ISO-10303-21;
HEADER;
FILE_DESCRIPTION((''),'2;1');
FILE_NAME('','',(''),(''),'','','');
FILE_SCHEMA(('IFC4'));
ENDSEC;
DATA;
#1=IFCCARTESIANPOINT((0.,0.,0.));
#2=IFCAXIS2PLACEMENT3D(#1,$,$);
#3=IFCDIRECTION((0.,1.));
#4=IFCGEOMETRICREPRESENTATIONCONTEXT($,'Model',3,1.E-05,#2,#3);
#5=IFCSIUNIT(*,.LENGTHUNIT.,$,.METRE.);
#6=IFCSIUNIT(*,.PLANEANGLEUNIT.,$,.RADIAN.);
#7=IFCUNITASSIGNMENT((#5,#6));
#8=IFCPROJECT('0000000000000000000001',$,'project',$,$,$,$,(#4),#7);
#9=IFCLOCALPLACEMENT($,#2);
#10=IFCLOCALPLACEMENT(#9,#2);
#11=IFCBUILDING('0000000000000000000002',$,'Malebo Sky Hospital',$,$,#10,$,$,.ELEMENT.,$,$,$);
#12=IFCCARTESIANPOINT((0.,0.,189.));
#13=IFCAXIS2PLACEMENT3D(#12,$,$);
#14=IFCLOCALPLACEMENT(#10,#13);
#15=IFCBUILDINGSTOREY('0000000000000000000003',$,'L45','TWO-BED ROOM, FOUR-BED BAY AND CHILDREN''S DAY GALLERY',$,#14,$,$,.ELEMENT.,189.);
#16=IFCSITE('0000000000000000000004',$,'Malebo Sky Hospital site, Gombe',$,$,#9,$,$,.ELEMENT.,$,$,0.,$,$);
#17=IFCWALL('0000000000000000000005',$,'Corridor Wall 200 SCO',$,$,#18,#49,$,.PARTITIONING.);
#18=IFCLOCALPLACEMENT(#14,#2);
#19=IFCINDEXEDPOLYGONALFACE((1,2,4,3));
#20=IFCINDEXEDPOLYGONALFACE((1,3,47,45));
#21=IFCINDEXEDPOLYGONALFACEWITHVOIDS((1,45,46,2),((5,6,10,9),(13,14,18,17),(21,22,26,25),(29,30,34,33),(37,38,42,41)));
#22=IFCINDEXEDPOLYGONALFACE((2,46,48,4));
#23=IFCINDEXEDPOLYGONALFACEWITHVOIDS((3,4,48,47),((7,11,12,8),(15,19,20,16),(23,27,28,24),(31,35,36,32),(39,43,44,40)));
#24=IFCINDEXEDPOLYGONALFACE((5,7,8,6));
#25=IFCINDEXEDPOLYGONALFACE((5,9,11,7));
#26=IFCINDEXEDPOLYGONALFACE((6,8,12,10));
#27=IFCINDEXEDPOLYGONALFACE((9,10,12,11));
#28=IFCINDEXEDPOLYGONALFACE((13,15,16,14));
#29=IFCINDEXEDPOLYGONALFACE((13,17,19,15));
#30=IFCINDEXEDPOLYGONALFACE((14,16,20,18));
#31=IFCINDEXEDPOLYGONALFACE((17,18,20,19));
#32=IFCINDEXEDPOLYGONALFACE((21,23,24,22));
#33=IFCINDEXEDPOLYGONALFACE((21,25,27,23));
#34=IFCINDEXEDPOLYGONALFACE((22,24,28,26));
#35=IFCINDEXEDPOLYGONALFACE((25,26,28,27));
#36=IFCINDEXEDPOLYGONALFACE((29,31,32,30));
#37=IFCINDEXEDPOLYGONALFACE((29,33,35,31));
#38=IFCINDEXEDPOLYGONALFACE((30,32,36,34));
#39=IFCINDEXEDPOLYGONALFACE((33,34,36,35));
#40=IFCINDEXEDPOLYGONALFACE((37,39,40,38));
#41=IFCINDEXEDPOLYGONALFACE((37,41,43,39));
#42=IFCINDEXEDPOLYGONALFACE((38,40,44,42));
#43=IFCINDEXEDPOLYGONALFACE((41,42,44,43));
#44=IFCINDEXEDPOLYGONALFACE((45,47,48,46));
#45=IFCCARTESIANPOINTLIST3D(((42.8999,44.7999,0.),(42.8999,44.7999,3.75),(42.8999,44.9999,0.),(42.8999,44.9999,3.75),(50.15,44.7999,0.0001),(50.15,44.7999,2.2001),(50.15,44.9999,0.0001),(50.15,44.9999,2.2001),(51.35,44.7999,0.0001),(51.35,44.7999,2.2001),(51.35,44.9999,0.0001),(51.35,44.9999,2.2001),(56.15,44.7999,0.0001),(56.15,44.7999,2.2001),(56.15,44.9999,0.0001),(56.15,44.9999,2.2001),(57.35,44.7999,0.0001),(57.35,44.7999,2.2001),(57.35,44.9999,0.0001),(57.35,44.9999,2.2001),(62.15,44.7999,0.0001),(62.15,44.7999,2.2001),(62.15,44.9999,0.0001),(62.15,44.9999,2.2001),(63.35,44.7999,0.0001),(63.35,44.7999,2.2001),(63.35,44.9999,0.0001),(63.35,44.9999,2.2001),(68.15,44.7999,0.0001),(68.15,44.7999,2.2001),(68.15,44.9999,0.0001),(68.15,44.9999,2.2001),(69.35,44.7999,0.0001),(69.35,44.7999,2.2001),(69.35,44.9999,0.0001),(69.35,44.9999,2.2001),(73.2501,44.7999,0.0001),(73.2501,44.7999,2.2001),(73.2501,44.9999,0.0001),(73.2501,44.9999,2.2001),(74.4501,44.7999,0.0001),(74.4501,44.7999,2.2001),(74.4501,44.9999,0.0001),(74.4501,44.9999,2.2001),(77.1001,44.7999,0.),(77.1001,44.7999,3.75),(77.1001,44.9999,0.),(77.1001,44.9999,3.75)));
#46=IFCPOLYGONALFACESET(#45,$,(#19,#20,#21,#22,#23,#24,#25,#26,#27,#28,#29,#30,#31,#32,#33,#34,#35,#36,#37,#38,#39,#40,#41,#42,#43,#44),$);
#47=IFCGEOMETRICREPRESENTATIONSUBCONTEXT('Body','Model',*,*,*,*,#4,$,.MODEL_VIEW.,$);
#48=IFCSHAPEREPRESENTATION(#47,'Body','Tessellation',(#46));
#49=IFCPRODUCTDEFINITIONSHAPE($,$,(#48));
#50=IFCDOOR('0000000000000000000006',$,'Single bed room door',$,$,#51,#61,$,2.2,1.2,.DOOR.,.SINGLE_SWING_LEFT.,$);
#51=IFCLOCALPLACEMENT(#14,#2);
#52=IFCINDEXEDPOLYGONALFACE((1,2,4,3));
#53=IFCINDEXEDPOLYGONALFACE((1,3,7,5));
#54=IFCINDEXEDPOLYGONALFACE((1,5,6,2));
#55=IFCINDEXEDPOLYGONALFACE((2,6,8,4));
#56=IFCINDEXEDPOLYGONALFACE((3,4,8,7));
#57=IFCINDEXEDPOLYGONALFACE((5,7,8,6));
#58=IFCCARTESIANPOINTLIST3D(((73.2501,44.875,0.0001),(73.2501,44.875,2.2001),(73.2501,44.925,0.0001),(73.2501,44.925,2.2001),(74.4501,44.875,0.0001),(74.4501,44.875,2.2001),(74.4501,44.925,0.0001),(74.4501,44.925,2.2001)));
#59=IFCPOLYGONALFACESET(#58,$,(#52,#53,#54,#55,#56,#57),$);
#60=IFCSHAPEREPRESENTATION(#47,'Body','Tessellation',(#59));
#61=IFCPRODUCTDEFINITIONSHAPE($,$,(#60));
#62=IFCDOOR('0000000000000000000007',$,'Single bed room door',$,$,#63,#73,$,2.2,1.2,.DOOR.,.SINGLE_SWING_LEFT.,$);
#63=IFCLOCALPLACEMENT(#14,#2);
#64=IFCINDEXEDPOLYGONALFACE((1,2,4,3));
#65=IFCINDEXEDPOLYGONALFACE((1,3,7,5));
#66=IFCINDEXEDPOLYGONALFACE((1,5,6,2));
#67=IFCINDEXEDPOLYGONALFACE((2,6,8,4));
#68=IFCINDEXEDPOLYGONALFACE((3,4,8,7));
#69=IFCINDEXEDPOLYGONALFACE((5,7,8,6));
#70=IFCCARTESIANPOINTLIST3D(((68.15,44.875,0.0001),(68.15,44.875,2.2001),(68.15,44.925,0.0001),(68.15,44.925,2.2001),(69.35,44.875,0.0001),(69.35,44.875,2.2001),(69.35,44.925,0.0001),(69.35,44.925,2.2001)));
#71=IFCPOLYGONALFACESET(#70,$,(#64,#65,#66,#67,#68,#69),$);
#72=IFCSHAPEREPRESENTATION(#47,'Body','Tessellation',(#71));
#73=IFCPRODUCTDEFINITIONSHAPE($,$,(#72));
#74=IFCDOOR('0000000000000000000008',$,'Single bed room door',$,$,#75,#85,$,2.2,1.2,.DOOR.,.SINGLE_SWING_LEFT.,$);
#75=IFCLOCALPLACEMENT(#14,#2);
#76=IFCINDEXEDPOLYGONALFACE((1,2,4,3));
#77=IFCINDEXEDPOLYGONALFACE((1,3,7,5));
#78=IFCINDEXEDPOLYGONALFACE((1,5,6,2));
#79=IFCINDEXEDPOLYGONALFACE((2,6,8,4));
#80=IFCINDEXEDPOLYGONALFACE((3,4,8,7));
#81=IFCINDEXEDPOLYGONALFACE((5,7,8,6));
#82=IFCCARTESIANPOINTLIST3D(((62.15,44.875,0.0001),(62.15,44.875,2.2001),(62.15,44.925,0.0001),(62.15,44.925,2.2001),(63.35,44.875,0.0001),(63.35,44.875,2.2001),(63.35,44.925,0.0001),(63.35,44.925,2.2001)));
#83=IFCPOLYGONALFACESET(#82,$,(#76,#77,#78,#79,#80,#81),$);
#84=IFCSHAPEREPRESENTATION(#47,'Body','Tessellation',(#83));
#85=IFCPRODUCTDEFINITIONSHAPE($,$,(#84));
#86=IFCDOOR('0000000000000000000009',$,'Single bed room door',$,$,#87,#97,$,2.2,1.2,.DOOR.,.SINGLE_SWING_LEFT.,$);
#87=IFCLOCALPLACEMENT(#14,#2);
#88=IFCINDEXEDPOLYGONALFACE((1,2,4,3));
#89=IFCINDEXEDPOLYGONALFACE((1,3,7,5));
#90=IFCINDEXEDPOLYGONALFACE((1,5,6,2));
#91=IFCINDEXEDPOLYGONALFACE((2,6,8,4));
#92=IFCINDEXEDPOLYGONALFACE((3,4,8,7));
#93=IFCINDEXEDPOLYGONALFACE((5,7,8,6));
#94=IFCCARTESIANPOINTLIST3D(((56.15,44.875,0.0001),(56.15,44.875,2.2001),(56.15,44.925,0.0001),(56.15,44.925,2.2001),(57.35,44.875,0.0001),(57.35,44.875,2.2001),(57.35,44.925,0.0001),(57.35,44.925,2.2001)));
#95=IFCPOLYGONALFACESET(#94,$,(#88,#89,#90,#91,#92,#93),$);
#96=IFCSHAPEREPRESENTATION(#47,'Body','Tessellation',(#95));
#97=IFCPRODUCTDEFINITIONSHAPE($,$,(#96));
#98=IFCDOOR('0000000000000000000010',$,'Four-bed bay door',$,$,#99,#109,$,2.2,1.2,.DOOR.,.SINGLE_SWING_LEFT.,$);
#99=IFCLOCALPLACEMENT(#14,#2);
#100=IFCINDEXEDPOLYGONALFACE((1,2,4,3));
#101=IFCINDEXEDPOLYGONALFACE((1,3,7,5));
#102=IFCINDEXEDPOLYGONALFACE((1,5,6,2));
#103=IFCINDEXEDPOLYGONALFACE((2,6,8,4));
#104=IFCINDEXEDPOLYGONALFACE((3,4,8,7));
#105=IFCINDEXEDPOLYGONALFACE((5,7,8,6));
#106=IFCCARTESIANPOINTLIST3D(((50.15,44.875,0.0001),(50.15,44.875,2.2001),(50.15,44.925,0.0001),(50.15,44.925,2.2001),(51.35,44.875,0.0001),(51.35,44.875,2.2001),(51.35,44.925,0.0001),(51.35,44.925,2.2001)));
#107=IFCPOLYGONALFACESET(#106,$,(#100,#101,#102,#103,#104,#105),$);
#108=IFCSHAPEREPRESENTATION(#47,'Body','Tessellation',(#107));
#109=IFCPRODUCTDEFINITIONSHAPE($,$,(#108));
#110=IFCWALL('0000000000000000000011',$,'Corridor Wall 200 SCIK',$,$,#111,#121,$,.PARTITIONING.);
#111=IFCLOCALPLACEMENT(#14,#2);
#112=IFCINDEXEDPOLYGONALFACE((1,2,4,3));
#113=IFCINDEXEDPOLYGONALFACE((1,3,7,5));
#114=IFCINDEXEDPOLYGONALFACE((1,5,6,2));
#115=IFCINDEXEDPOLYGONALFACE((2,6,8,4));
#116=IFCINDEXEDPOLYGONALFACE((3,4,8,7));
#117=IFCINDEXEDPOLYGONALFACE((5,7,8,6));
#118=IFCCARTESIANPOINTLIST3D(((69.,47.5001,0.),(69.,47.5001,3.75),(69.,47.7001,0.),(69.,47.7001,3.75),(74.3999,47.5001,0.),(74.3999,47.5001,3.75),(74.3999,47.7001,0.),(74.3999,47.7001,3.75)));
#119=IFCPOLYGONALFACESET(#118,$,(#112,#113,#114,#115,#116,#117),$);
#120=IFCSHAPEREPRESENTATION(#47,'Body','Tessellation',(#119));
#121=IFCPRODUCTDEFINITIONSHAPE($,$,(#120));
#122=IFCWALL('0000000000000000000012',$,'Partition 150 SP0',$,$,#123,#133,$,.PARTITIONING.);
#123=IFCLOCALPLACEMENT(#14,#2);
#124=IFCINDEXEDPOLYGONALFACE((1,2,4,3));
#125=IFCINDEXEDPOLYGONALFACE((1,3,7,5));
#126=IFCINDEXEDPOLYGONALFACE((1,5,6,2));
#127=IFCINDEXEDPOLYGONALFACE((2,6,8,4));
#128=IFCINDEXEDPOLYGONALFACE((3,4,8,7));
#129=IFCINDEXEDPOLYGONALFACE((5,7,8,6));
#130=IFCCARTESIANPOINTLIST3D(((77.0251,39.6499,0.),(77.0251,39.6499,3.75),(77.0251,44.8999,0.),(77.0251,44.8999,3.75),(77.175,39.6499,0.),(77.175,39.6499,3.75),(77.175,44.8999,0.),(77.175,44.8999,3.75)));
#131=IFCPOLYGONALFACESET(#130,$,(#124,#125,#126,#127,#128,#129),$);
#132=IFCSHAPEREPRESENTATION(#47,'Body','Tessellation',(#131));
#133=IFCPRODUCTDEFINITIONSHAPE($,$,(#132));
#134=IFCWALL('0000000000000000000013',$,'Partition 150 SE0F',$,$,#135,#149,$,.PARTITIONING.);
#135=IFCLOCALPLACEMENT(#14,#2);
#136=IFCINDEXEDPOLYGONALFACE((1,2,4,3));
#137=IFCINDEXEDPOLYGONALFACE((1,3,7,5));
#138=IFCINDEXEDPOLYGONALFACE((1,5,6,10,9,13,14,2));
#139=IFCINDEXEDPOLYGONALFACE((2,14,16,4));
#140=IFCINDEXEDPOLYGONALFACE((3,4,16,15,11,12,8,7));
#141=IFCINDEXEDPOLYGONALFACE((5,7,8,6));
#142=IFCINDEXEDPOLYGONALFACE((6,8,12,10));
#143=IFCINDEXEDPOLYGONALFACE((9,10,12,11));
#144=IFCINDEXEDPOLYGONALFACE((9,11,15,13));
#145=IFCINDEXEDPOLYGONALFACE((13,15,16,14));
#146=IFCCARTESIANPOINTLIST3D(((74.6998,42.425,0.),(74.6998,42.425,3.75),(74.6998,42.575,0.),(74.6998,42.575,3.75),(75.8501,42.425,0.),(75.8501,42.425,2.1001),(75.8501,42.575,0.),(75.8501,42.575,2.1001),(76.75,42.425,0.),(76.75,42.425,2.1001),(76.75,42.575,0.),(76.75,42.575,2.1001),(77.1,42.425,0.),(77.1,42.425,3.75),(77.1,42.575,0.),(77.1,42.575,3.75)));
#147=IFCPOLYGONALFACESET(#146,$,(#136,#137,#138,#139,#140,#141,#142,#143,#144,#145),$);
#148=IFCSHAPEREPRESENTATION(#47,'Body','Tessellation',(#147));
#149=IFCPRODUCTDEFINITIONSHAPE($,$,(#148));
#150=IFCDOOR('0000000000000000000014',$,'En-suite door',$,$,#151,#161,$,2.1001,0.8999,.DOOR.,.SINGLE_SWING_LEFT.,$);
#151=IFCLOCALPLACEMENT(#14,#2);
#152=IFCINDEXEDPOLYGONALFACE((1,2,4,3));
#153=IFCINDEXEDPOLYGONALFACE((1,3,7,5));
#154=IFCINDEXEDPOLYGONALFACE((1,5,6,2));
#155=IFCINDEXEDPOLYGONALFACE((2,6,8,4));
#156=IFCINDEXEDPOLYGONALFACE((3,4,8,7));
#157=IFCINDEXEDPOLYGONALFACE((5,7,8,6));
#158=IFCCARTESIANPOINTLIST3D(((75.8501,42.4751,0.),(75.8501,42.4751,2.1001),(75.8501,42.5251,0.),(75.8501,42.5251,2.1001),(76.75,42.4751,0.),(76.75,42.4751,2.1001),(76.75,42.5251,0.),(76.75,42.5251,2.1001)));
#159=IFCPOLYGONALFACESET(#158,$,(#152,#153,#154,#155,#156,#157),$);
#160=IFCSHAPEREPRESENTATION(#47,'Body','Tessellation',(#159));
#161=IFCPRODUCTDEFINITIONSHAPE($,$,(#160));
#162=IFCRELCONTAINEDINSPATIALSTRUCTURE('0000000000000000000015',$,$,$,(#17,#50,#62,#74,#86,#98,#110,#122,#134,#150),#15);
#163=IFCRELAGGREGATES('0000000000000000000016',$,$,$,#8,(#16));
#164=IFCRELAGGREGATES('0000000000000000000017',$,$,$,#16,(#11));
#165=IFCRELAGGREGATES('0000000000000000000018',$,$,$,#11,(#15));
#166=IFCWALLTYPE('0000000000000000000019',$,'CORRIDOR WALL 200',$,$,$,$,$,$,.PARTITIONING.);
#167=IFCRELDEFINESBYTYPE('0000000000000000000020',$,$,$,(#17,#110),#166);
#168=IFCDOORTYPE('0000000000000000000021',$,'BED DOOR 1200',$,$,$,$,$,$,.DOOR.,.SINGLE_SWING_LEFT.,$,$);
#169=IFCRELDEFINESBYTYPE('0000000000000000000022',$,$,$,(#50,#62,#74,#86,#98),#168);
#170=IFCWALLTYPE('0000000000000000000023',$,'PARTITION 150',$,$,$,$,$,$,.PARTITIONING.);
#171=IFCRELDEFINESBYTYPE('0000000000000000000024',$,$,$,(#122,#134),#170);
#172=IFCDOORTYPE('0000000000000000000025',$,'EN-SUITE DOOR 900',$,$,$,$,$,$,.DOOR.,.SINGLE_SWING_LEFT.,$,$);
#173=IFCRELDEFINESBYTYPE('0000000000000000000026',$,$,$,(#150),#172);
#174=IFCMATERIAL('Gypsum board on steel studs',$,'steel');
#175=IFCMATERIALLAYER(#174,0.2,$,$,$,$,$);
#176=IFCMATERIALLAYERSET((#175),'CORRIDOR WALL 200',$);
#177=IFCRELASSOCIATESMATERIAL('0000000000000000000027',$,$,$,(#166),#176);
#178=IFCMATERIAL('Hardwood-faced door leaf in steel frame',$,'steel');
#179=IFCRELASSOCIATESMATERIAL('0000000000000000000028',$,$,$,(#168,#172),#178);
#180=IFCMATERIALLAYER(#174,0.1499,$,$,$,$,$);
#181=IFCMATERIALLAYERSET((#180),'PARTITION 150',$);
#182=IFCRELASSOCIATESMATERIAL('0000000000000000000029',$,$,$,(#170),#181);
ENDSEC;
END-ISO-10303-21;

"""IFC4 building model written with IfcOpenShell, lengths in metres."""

from ifc_helpers import new_model, si_unit, direction, frame, frame_2d, origin, place, context, subcontext, project, spatial, rectangle, extrude, material, layer, layer_set, type_object, element, fill, save


model = new_model("IFC4")

# Units and contexts
model_context = context("Model", 3, precision=1e-05, world=origin(), true_north=direction((0.0, 1.0)))
body_context = subcontext(model_context, "Body", "Model", "MODEL_VIEW")
ifc_project = project(units=[si_unit("LENGTHUNIT", "METRE"), si_unit("PLANEANGLEUNIT", "RADIAN")], contexts=[model_context])

# Site, building, storey
site_placement = place(None, origin())
site = spatial("IfcSite", under=ifc_project, at=site_placement, Name="Malebo Sky Hospital site, Gombe", CompositionType="ELEMENT", RefElevation=0.0)
building_placement = place(site_placement, origin())
building = spatial("IfcBuilding", under=site, at=building_placement, Name="Malebo Sky Hospital", CompositionType="ELEMENT")
storey_placement = place(building_placement, frame((0.0, 0.0, 189.0)))
storey = spatial("IfcBuildingStorey", under=building, at=storey_placement, Name="L45", Description="TWO-BED ROOM, FOUR-BED BAY AND CHILDREN'S DAY GALLERY", CompositionType="ELEMENT", Elevation=189.0)

# Wall, openings, doors
ifc_material_1 = material(Name="Gypsum board on steel studs", Category="steel")
ifc_layer_1 = layer(ifc_material_1, 0.2)
ifc_layer_set_1 = layer_set([ifc_layer_1], Name="CORRIDOR WALL 200")
wall_type_1 = type_object("IfcWallType", Name="CORRIDOR WALL 200", PredefinedType="PARTITIONING", material=ifc_layer_set_1)
wall_1_placement = place(storey_placement, frame((77.1001, 44.8999, 0.0), z_axis=(0.0, 0.0, 1.0), x_axis=(-1.0, 0.0, 0.0)))
wall_1 = element("IfcWall", 1, at=wall_1_placement, inside=storey, type_object=wall_type_1, Name="Corridor Wall 200 SCO", PredefinedType="PARTITIONING", context=body_context, shape_type="SweptSolid", body=[
    extrude(rectangle(XDim=34.2002, YDim=0.2, at=frame_2d((17.1001, 0.0))), origin(), (0.0, 0.0, 1.0), 3.75),
])
opening_1_placement = place(wall_1_placement, frame((2.6499, 0.0, 0.0)))
opening_1 = element("IfcOpeningElement", 2, at=opening_1_placement, cuts=wall_1, PredefinedType="OPENING", context=body_context, shape_type="SweptSolid", body=[
    extrude(rectangle(XDim=1.2, YDim=2.2, at=frame_2d((0.6001, 1.1001))), frame((0.0, 0.1099, 0.0), z_axis=(0.0, -1.0, 0.0), x_axis=(1.0, 0.0, 0.0)), (0.0, 0.0, 1.0), 0.22),
])
opening_2_placement = place(wall_1_placement, frame((7.75, 0.0, 0.0)))
opening_2 = element("IfcOpeningElement", 3, at=opening_2_placement, cuts=wall_1, PredefinedType="OPENING", context=body_context, shape_type="SweptSolid", body=[
    extrude(rectangle(XDim=1.2, YDim=2.2, at=frame_2d((0.6001, 1.1001))), frame((0.0, 0.1099, 0.0), z_axis=(0.0, -1.0, 0.0), x_axis=(1.0, 0.0, 0.0)), (0.0, 0.0, 1.0), 0.22),
])
opening_3_placement = place(wall_1_placement, frame((13.75, 0.0, 0.0)))
opening_3 = element("IfcOpeningElement", 4, at=opening_3_placement, cuts=wall_1, PredefinedType="OPENING", context=body_context, shape_type="SweptSolid", body=[
    extrude(rectangle(XDim=1.2, YDim=2.2, at=frame_2d((0.6001, 1.1001))), frame((0.0, 0.1099, 0.0), z_axis=(0.0, -1.0, 0.0), x_axis=(1.0, 0.0, 0.0)), (0.0, 0.0, 1.0), 0.22),
])
opening_4_placement = place(wall_1_placement, frame((19.75, 0.0, 0.0)))
opening_4 = element("IfcOpeningElement", 5, at=opening_4_placement, cuts=wall_1, PredefinedType="OPENING", context=body_context, shape_type="SweptSolid", body=[
    extrude(rectangle(XDim=1.2, YDim=2.2, at=frame_2d((0.6001, 1.1001))), frame((0.0, 0.1099, 0.0), z_axis=(0.0, -1.0, 0.0), x_axis=(1.0, 0.0, 0.0)), (0.0, 0.0, 1.0), 0.22),
])
opening_5_placement = place(wall_1_placement, frame((25.75, 0.0, 0.0)))
opening_5 = element("IfcOpeningElement", 6, at=opening_5_placement, cuts=wall_1, PredefinedType="OPENING", context=body_context, shape_type="SweptSolid", body=[
    extrude(rectangle(XDim=1.2, YDim=2.2, at=frame_2d((0.6001, 1.1001))), frame((0.0, 0.1099, 0.0), z_axis=(0.0, -1.0, 0.0), x_axis=(1.0, 0.0, 0.0)), (0.0, 0.0, 1.0), 0.22),
])
ifc_material_2 = material(Name="Hardwood-faced door leaf in steel frame", Category="steel")
door_type_1 = type_object("IfcDoorType", Name="BED DOOR 1200", OperationType="SINGLE_SWING_LEFT", PredefinedType="DOOR", material=ifc_material_2)
door_1_placement = place(opening_1_placement, origin())
door_1 = element("IfcDoor", 7, at=door_1_placement, inside=storey, type_object=door_type_1, Name="Single bed room door", OperationType="SINGLE_SWING_LEFT", OverallHeight=2.2, OverallWidth=1.2, PredefinedType="DOOR", context=body_context, shape_type="SweptSolid", body=[
    extrude(rectangle(XDim=1.2, YDim=2.2, at=frame_2d((0.6001, 1.1001))), frame((0.0, 0.0249, 0.0), z_axis=(0.0, -1.0, 0.0), x_axis=(1.0, 0.0, 0.0)), (0.0, 0.0, 1.0), 0.05),
])
fill(opening_1, door_1)
door_2_placement = place(opening_2_placement, origin())
door_2 = element("IfcDoor", 8, at=door_2_placement, inside=storey, type_object=door_type_1, Name="Single bed room door", OperationType="SINGLE_SWING_LEFT", OverallHeight=2.2, OverallWidth=1.2, PredefinedType="DOOR", context=body_context, shape_type="SweptSolid", body=[
    extrude(rectangle(XDim=1.2, YDim=2.2, at=frame_2d((0.6001, 1.1001))), frame((0.0, 0.0249, 0.0), z_axis=(0.0, -1.0, 0.0), x_axis=(1.0, 0.0, 0.0)), (0.0, 0.0, 1.0), 0.05),
])
fill(opening_2, door_2)
door_3_placement = place(opening_3_placement, origin())
door_3 = element("IfcDoor", 9, at=door_3_placement, inside=storey, type_object=door_type_1, Name="Single bed room door", OperationType="SINGLE_SWING_LEFT", OverallHeight=2.2, OverallWidth=1.2, PredefinedType="DOOR", context=body_context, shape_type="SweptSolid", body=[
    extrude(rectangle(XDim=1.2, YDim=2.2, at=frame_2d((0.6001, 1.1001))), frame((0.0, 0.0249, 0.0), z_axis=(0.0, -1.0, 0.0), x_axis=(1.0, 0.0, 0.0)), (0.0, 0.0, 1.0), 0.05),
])
fill(opening_3, door_3)
door_4_placement = place(opening_4_placement, origin())
door_4 = element("IfcDoor", 10, at=door_4_placement, inside=storey, type_object=door_type_1, Name="Single bed room door", OperationType="SINGLE_SWING_LEFT", OverallHeight=2.2, OverallWidth=1.2, PredefinedType="DOOR", context=body_context, shape_type="SweptSolid", body=[
    extrude(rectangle(XDim=1.2, YDim=2.2, at=frame_2d((0.6001, 1.1001))), frame((0.0, 0.0249, 0.0), z_axis=(0.0, -1.0, 0.0), x_axis=(1.0, 0.0, 0.0)), (0.0, 0.0, 1.0), 0.05),
])
fill(opening_4, door_4)
door_5_placement = place(opening_5_placement, origin())
door_5 = element("IfcDoor", 11, at=door_5_placement, inside=storey, type_object=door_type_1, Name="Four-bed bay door", OperationType="SINGLE_SWING_LEFT", OverallHeight=2.2, OverallWidth=1.2, PredefinedType="DOOR", context=body_context, shape_type="SweptSolid", body=[
    extrude(rectangle(XDim=1.2, YDim=2.2, at=frame_2d((0.6001, 1.1001))), frame((0.0, 0.0249, 0.0), z_axis=(0.0, -1.0, 0.0), x_axis=(1.0, 0.0, 0.0)), (0.0, 0.0, 1.0), 0.05),
])
fill(opening_5, door_5)

# Walls
wall_2_placement = place(storey_placement, frame((74.3999, 47.6001, 0.0), z_axis=(0.0, 0.0, 1.0), x_axis=(-1.0, 0.0, 0.0)))
element("IfcWall", 12, at=wall_2_placement, inside=storey, type_object=wall_type_1, Name="Corridor Wall 200 SCIK", PredefinedType="PARTITIONING", context=body_context, shape_type="SweptSolid", body=[
    extrude(rectangle(XDim=5.3999, YDim=0.2, at=frame_2d((2.7, 0.0))), origin(), (0.0, 0.0, 1.0), 3.75),
])
ifc_layer_2 = layer(ifc_material_1, 0.1499)
ifc_layer_set_2 = layer_set([ifc_layer_2], Name="PARTITION 150")
wall_type_2 = type_object("IfcWallType", Name="PARTITION 150", PredefinedType="PARTITIONING", material=ifc_layer_set_2)
wall_3_placement = place(storey_placement, frame((77.1001, 44.8999, 0.0), z_axis=(0.0, 0.0, 1.0), x_axis=(0.0, -1.0, 0.0)))
element("IfcWall", 13, at=wall_3_placement, inside=storey, type_object=wall_type_2, Name="Partition 150 SP0", PredefinedType="PARTITIONING", context=body_context, shape_type="SweptSolid", body=[
    extrude(rectangle(XDim=5.25, YDim=0.1499, at=frame_2d((2.625, 0.0))), origin(), (0.0, 0.0, 1.0), 3.75),
])

# Wall, opening, door
wall_4_placement = place(storey_placement, frame((77.1001, 42.5, 0.0), z_axis=(0.0, 0.0, 1.0), x_axis=(-1.0, 0.0, 0.0)))
wall_4 = element("IfcWall", 14, at=wall_4_placement, inside=storey, type_object=wall_type_2, Name="Partition 150 SE0F", PredefinedType="PARTITIONING", context=body_context, shape_type="SweptSolid", body=[
    extrude(rectangle(XDim=2.4001, YDim=0.1499, at=frame_2d((1.2002, 0.0))), origin(), (0.0, 0.0, 1.0), 3.75),
])
opening_6_placement = place(wall_4_placement, frame((0.3501, 0.0, 0.0)))
opening_6 = element("IfcOpeningElement", 15, at=opening_6_placement, cuts=wall_4, PredefinedType="OPENING", context=body_context, shape_type="SweptSolid", body=[
    extrude(rectangle(XDim=0.8999, YDim=2.1001, at=frame_2d((0.45, 1.05))), frame((0.0, 0.085, 0.0), z_axis=(0.0, -1.0, 0.0), x_axis=(1.0, 0.0, 0.0)), (0.0, 0.0, 1.0), 0.1699),
])
door_type_2 = type_object("IfcDoorType", Name="EN-SUITE DOOR 900", OperationType="SINGLE_SWING_LEFT", PredefinedType="DOOR", material=ifc_material_2)
door_6_placement = place(opening_6_placement, origin())
door_6 = element("IfcDoor", 16, at=door_6_placement, inside=storey, type_object=door_type_2, Name="En-suite door", OperationType="SINGLE_SWING_LEFT", OverallHeight=2.1001, OverallWidth=0.8999, PredefinedType="DOOR", context=body_context, shape_type="SweptSolid", body=[
    extrude(rectangle(XDim=0.8999, YDim=2.1001, at=frame_2d((0.45, 1.05))), frame((0.0, 0.0249, 0.0), z_axis=(0.0, -1.0, 0.0), x_axis=(1.0, 0.0, 0.0)), (0.0, 0.0, 1.0), 0.05),
])
fill(opening_6, door_6)

save(model, "model.ifc")
